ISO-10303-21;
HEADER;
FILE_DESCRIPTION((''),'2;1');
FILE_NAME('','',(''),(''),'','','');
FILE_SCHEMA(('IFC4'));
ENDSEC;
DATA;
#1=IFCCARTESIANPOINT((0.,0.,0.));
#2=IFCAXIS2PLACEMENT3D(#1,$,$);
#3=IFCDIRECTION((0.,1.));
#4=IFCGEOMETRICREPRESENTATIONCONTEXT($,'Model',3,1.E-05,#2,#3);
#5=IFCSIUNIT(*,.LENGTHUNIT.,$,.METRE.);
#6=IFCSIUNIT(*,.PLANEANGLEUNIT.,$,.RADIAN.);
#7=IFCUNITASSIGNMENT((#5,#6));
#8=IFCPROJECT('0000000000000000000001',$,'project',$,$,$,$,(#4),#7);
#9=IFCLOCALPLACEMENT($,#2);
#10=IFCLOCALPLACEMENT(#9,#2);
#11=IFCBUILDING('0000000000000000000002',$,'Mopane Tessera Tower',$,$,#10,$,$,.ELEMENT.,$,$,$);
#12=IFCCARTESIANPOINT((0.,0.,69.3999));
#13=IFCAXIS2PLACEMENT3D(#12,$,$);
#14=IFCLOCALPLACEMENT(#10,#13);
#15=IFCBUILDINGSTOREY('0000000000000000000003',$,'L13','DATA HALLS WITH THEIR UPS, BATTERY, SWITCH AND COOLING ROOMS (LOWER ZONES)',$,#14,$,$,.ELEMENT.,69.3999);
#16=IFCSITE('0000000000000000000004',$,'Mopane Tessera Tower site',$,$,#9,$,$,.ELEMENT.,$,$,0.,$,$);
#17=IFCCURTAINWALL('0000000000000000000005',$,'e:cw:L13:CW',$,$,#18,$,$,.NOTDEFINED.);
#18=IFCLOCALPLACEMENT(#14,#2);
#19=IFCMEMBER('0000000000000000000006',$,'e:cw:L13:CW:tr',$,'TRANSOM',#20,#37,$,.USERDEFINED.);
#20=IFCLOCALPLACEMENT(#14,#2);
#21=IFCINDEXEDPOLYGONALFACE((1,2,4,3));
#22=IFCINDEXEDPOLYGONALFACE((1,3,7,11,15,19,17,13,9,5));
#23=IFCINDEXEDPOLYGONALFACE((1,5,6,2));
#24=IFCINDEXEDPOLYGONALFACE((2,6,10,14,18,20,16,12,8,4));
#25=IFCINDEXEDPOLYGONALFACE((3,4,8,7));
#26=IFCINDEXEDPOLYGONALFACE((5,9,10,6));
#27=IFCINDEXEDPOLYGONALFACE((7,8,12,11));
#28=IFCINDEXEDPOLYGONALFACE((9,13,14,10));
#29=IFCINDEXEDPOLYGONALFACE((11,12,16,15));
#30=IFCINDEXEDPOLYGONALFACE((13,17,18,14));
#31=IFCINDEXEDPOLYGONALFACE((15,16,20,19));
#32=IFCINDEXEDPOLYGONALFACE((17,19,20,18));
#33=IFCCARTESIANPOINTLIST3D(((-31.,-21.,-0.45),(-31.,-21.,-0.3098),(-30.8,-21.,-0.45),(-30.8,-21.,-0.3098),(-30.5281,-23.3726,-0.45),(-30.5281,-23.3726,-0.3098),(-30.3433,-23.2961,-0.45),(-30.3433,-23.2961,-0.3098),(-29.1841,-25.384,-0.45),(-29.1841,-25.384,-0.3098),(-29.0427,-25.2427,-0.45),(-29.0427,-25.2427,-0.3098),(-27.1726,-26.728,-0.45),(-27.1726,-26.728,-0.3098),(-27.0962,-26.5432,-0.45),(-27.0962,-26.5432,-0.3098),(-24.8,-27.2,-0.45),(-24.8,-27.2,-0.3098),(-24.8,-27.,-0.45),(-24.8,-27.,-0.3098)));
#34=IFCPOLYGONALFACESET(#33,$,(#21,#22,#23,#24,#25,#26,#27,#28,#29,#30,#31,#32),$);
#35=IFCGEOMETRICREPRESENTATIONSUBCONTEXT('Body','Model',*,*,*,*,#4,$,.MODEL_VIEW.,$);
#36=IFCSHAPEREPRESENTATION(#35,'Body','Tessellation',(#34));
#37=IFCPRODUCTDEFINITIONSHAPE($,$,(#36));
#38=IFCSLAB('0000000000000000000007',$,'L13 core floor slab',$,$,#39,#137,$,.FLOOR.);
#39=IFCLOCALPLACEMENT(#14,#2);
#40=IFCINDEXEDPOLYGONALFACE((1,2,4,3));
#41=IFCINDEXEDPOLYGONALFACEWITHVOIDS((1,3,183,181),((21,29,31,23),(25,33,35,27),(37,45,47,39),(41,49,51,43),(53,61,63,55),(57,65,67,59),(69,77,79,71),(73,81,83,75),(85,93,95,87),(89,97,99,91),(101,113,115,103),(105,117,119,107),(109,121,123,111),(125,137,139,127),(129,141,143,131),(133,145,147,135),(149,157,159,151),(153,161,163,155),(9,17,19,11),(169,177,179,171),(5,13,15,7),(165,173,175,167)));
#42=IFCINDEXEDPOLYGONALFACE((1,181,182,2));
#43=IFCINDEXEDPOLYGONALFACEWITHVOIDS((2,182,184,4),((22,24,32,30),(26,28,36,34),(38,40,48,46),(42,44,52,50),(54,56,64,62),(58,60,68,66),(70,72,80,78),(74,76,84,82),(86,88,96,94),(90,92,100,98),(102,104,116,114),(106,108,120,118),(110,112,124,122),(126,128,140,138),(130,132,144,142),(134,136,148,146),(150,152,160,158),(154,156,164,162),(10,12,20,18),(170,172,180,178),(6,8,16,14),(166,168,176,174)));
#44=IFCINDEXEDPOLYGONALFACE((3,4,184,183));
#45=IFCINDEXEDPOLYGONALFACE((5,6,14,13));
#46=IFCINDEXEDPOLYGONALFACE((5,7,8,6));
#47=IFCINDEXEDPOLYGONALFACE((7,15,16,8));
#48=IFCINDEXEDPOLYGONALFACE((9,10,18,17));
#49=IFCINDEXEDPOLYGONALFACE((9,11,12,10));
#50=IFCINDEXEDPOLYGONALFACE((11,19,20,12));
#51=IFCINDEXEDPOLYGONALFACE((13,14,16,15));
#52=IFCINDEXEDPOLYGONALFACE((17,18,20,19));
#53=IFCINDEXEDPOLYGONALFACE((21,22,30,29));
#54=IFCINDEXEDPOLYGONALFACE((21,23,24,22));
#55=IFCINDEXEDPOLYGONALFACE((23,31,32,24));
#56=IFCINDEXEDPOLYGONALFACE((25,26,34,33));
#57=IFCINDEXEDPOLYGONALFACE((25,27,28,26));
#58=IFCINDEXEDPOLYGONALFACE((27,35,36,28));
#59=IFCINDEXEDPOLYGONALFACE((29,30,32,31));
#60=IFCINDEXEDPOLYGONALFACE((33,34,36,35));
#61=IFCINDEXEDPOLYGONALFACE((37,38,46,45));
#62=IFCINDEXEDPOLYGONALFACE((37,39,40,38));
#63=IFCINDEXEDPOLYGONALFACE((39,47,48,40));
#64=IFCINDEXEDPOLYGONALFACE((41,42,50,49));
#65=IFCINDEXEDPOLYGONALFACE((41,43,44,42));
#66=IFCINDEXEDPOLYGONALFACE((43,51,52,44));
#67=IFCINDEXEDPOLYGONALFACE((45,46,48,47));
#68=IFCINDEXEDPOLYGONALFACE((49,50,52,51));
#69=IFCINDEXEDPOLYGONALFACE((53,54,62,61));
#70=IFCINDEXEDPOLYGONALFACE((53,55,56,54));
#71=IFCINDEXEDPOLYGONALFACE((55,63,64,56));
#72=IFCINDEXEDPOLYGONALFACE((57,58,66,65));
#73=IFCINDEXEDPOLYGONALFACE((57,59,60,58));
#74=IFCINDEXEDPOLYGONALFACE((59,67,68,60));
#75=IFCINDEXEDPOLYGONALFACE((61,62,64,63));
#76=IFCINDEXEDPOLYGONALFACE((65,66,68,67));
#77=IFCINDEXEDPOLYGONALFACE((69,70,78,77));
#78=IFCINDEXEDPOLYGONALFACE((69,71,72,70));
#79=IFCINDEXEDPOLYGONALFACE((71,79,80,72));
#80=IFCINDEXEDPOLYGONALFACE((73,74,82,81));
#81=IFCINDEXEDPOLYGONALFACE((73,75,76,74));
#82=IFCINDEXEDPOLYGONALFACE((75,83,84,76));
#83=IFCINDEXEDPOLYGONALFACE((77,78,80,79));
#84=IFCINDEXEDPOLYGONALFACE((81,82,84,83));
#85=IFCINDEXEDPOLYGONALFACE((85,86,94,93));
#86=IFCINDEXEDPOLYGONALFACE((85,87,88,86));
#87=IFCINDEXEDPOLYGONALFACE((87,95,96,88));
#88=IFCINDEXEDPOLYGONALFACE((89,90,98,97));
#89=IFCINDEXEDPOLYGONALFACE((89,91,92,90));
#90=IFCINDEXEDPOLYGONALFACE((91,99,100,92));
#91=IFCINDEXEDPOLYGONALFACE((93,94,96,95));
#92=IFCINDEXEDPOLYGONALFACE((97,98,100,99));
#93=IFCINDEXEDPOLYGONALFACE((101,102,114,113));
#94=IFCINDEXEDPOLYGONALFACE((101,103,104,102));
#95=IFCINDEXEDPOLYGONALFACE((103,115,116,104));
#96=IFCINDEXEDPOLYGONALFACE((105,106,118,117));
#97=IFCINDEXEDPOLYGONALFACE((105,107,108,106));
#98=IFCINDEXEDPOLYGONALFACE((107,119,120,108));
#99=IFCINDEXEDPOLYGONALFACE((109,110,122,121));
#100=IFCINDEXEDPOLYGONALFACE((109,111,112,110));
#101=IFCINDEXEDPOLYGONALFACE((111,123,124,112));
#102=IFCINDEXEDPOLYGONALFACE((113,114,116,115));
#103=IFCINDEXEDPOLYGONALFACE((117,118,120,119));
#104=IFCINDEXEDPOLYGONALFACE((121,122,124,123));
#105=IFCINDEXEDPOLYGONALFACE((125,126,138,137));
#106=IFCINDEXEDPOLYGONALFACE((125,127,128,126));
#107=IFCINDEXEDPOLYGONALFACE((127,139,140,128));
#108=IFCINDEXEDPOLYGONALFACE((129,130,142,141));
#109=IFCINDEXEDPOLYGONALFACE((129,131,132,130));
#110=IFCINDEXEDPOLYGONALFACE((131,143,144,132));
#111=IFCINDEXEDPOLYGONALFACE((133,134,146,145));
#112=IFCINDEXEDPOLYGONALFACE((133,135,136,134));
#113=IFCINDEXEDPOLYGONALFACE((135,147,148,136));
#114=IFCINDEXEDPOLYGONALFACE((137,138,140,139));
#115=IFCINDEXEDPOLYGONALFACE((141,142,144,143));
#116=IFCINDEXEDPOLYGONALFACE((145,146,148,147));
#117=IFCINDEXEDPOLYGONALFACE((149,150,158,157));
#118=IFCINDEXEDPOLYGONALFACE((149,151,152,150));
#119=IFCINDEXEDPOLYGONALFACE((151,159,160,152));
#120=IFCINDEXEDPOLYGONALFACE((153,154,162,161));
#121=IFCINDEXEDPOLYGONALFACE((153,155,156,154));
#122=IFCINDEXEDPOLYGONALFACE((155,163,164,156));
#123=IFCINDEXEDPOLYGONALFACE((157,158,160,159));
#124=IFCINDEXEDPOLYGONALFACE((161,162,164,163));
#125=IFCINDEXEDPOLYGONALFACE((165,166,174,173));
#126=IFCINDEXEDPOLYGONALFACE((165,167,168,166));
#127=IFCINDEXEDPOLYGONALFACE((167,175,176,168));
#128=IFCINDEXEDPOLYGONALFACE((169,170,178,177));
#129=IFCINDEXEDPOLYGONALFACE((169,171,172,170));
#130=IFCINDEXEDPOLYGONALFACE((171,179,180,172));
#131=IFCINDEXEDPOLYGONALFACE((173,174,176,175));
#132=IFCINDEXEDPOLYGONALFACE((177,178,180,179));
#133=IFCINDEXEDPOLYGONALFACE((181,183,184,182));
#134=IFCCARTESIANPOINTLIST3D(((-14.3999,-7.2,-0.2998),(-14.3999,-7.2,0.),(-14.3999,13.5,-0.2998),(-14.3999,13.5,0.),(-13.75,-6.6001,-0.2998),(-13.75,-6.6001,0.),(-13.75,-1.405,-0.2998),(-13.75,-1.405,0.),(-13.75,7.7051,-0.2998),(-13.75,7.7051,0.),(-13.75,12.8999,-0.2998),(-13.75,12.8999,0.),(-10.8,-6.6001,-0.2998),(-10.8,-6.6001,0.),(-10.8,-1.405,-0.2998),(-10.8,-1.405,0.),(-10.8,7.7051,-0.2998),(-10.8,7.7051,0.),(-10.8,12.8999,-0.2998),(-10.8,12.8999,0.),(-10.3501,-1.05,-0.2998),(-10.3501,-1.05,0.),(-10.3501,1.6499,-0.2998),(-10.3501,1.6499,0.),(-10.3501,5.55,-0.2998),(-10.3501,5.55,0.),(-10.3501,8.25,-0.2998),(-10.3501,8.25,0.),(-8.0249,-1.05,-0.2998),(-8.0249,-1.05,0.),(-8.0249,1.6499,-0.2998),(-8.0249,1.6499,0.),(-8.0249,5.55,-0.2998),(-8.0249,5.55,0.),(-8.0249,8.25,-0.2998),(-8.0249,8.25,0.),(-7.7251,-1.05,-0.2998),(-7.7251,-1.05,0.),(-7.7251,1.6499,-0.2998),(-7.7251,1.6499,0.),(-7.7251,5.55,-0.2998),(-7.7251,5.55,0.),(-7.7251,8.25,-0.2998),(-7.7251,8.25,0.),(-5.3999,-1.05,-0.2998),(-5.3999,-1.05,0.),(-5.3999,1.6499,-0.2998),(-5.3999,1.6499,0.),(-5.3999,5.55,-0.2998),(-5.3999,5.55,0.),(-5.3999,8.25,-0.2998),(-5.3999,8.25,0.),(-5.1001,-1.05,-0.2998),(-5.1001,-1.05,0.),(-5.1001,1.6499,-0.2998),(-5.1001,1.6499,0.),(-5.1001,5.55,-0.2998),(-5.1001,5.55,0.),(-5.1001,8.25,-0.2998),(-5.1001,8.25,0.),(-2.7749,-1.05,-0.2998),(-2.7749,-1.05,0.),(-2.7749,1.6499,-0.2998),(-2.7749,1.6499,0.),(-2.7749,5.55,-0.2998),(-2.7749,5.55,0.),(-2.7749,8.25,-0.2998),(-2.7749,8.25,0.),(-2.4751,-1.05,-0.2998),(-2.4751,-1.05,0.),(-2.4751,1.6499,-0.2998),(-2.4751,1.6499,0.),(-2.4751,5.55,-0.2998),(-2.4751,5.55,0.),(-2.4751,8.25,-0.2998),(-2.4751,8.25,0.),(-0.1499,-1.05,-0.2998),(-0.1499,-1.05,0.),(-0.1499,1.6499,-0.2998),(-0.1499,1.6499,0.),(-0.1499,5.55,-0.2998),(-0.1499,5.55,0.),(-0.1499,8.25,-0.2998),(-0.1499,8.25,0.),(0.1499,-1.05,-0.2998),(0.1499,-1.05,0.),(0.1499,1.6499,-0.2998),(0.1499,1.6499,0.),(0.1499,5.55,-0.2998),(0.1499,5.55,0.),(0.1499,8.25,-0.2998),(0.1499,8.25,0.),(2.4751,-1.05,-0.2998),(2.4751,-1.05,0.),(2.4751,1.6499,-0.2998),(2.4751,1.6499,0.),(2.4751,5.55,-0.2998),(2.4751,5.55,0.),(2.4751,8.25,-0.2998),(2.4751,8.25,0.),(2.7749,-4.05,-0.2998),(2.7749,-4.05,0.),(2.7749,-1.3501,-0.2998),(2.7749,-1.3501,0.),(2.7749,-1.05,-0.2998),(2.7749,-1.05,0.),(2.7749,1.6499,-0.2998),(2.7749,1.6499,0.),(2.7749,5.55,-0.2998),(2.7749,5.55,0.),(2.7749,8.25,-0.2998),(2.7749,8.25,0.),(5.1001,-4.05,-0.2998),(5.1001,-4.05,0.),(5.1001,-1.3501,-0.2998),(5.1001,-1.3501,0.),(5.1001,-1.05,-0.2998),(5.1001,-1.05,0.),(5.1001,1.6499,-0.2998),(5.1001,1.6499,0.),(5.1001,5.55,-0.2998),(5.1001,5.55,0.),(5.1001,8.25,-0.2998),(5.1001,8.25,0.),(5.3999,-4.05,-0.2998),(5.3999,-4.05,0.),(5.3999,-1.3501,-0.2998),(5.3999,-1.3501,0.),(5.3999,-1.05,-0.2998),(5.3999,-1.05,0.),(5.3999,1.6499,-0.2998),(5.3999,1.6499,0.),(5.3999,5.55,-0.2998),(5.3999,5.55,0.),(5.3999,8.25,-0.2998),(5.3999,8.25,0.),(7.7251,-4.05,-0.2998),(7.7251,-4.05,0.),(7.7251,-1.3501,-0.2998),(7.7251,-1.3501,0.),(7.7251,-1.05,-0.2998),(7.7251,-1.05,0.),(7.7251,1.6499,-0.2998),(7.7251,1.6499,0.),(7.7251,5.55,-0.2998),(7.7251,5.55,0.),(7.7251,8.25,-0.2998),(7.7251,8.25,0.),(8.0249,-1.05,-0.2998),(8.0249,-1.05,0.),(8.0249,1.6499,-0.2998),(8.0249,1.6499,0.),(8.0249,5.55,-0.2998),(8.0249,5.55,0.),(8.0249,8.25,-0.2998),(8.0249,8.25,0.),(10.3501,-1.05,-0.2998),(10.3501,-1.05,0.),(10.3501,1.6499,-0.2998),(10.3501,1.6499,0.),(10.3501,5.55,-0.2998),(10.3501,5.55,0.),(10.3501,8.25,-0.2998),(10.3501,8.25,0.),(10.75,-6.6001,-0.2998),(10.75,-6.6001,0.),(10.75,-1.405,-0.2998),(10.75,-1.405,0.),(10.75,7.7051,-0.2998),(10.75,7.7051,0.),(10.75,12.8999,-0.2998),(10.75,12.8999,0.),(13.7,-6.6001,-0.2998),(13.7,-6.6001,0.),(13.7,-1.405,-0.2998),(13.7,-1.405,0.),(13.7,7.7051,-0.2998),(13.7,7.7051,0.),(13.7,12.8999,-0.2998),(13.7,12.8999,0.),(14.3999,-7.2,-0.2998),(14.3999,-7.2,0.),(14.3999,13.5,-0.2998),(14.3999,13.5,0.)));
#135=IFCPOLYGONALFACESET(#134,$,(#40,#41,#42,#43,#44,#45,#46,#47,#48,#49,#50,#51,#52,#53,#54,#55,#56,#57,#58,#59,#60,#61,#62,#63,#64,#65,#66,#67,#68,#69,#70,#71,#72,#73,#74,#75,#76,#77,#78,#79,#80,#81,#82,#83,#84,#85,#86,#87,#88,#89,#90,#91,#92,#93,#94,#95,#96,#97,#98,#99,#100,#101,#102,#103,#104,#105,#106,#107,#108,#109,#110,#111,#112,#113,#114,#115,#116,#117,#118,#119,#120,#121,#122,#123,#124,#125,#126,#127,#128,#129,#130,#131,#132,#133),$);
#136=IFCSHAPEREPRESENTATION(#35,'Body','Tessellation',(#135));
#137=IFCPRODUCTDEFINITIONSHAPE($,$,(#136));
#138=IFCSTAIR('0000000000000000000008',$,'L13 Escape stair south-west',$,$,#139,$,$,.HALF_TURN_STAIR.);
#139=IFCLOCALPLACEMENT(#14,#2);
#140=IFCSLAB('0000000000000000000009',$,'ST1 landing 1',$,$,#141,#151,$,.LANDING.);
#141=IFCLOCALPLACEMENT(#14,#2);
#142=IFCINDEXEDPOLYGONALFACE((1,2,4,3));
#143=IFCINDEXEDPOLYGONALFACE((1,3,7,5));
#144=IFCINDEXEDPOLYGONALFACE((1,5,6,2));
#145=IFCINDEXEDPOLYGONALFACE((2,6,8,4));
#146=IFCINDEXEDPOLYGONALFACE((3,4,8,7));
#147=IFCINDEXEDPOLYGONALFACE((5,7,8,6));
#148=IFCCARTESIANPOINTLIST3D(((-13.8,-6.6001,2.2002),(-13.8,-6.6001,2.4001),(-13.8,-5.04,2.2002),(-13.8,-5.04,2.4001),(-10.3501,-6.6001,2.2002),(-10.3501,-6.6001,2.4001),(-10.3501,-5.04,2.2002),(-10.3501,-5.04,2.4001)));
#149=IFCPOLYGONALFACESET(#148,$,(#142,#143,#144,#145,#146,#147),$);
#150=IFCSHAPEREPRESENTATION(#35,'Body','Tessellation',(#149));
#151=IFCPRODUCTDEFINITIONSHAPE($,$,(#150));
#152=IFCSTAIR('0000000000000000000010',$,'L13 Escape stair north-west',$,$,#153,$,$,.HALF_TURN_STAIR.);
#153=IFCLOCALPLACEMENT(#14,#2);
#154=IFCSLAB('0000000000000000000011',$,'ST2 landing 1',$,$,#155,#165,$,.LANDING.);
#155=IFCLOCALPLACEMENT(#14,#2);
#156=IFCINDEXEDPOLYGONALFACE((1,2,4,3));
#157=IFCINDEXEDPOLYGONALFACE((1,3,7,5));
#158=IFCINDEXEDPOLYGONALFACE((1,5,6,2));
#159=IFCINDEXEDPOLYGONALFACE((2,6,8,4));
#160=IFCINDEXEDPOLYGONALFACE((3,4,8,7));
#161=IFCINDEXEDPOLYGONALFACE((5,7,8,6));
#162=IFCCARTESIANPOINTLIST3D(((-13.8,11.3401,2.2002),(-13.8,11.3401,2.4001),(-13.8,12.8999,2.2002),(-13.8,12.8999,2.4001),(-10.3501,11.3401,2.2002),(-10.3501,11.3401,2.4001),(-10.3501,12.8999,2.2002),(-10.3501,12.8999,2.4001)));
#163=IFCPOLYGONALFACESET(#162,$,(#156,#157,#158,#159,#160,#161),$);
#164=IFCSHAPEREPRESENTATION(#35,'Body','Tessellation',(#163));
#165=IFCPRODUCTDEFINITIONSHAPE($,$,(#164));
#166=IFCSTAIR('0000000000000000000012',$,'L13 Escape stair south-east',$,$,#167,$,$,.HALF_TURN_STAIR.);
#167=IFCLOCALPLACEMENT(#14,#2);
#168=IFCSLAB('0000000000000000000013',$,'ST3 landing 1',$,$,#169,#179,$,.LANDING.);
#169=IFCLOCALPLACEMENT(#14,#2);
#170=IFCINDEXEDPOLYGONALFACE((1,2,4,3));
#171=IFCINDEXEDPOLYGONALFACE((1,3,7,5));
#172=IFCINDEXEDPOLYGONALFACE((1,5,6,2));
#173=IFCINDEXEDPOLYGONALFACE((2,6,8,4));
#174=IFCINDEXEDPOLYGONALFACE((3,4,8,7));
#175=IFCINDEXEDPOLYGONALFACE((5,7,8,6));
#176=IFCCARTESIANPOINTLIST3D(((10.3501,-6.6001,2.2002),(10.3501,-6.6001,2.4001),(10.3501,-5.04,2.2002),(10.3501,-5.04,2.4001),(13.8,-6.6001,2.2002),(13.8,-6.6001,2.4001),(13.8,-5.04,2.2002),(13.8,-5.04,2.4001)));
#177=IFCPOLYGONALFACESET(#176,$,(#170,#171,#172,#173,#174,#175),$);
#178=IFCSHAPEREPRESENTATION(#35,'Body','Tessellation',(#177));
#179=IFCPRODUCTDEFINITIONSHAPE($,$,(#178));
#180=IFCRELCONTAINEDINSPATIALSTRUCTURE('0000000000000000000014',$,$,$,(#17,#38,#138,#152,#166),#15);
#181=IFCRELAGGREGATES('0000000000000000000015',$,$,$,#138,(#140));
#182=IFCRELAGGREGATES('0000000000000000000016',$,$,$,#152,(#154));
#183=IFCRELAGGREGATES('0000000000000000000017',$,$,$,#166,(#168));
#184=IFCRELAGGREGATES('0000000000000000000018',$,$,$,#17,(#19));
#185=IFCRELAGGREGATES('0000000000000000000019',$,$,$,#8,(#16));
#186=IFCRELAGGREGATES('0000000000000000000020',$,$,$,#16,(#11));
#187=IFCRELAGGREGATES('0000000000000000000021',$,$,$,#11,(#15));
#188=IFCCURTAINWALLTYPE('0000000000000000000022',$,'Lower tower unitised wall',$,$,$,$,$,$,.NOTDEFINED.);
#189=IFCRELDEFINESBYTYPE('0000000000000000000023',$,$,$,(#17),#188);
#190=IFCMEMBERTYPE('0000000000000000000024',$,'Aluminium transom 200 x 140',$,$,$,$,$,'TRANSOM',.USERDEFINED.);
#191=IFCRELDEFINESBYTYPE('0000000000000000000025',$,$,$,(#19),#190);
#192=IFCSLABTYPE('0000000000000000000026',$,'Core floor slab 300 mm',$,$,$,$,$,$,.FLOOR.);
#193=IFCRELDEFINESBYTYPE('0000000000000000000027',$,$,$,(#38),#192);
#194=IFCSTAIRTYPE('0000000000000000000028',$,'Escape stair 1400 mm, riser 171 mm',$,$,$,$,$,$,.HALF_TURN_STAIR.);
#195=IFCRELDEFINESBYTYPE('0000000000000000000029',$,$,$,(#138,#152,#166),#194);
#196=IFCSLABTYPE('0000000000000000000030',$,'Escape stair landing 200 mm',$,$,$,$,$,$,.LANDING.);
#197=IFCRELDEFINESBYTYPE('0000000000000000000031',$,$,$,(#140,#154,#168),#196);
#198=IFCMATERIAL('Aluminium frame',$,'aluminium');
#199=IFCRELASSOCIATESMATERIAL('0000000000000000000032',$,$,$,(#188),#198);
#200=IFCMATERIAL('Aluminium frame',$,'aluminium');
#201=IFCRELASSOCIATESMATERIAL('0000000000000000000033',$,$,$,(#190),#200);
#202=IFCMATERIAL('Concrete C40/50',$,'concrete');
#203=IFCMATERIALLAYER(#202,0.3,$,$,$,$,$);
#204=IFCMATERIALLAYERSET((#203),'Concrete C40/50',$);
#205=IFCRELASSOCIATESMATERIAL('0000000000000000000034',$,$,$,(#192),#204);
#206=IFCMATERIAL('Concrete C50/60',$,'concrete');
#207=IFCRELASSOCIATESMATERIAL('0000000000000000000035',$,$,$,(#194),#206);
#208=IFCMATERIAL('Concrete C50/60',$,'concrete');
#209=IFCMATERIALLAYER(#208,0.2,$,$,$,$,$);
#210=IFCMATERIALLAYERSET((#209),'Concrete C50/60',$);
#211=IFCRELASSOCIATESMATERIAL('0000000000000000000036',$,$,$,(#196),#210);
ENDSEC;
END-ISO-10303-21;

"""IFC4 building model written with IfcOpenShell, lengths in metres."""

from ifc_helpers import new_model, si_unit, direction, frame, origin, origin_2d, place, context, subcontext, project, spatial, polyline, rectangle, outline, extrude, material, layer, layer_set, material_profile, profile_set, type_object, element, aggregate, save


model = new_model("IFC4")

# Units and contexts
model_context = context("Model", 3, precision=1e-05, world=origin(), true_north=direction((0.0, 1.0)))
body_context = subcontext(model_context, "Body", "Model", "MODEL_VIEW")
ifc_project = project(units=[si_unit("LENGTHUNIT", "METRE"), si_unit("PLANEANGLEUNIT", "RADIAN")], contexts=[model_context])

# Site, building, storey
site_placement = place(None, origin())
site = spatial("IfcSite", under=ifc_project, at=site_placement, Name="Mopane Tessera Tower site", CompositionType="ELEMENT", RefElevation=0.0)
building_placement = place(site_placement, origin())
building = spatial("IfcBuilding", under=site, at=building_placement, Name="Mopane Tessera Tower", CompositionType="ELEMENT")
storey_placement = place(building_placement, frame((0.0, 0.0, 69.3999)))
storey = spatial("IfcBuildingStorey", under=building, at=storey_placement, Name="L13", Description="DATA HALLS WITH THEIR UPS, BATTERY, SWITCH AND COOLING ROOMS (LOWER ZONES)", CompositionType="ELEMENT", Elevation=69.3999)

# Curtain wall, member
ifc_material_1 = material(Name="Aluminium frame", Category="aluminium")
curtain_wall_type = type_object("IfcCurtainWallType", Name="Lower tower unitised wall", PredefinedType="NOTDEFINED", material=ifc_material_1)
curtain_wall_1_placement = place(storey_placement, origin())
curtain_wall_1 = element("IfcCurtainWall", 1, at=curtain_wall_1_placement, inside=storey, type_object=curtain_wall_type, Name="e:cw:L13:CW", PredefinedType="NOTDEFINED")
ifc_material_2 = material(Name="Aluminium frame", Category="aluminium")
ifc_material_profile = material_profile(ifc_material_2, rectangle(XDim=0.2, YDim=0.1399, at=origin_2d()))
ifc_profile_set = profile_set([ifc_material_profile], Name="Aluminium frame")
member_type = type_object("IfcMemberType", Name="Aluminium transom 200 x 140", ElementType="TRANSOM", PredefinedType="USERDEFINED", material=ifc_profile_set)
member_placement = place(storey_placement, frame((0.0, 0.0, -0.45)))
member = element("IfcMember", 2, at=member_placement, type_object=member_type, Name="e:cw:L13:CW:tr", ObjectType="TRANSOM", PredefinedType="USERDEFINED", context=body_context, shape_type="SweptSolid", body=[
    extrude(outline(polyline([(-30.8, -21.0), (-30.3433, -23.2961), (-29.0427, -25.2427), (-27.0962, -26.5432), (-24.8, -27.0), (-24.8, -27.2), (-27.1726, -26.728), (-29.1841, -25.384), (-30.5281, -23.3726), (-31.0, -21.0), (-30.8, -21.0)])), origin(), (0.0, 0.0, 1.0), 0.1401),
])

# Slab
ifc_material_3 = material(Name="Concrete C40/50", Category="concrete")
ifc_layer_1 = layer(ifc_material_3, 0.3)
ifc_layer_set_1 = layer_set([ifc_layer_1], Name="Concrete C40/50")
slab_type_1 = type_object("IfcSlabType", Name="Core floor slab 300 mm", PredefinedType="FLOOR", material=ifc_layer_set_1)
slab_1_placement = place(storey_placement, frame((0.0, 0.0, -0.2998)))
element("IfcSlab", 3, at=slab_1_placement, inside=storey, type_object=slab_type_1, Name="L13 core floor slab", PredefinedType="FLOOR", context=body_context, shape_type="SweptSolid", body=[
    extrude(outline(polyline([(-14.3999, -7.2), (14.3999, -7.2), (14.3999, 13.5), (-14.3999, 13.5), (-14.3999, -7.2)]), holes=[polyline([(-10.3501, -1.05), (-8.0249, -1.05), (-8.0249, 1.6499), (-10.3501, 1.6499), (-10.3501, -1.05)]), polyline([(-7.7251, -1.05), (-5.3999, -1.05), (-5.3999, 1.6499), (-7.7251, 1.6499), (-7.7251, -1.05)]), polyline([(-5.1001, -1.05), (-2.7749, -1.05), (-2.7749, 1.6499), (-5.1001, 1.6499), (-5.1001, -1.05)]), polyline([(-2.4751, -1.05), (-0.1499, -1.05), (-0.1499, 1.6499), (-2.4751, 1.6499), (-2.4751, -1.05)]), polyline([(0.1499, -1.05), (2.4751, -1.05), (2.4751, 1.6499), (0.1499, 1.6499), (0.1499, -1.05)]), polyline([(2.7749, -1.05), (5.1001, -1.05), (5.1001, 1.6499), (2.7749, 1.6499), (2.7749, -1.05)]), polyline([(5.3999, -1.05), (7.7251, -1.05), (7.7251, 1.6499), (5.3999, 1.6499), (5.3999, -1.05)]), polyline([(8.0249, -1.05), (10.3501, -1.05), (10.3501, 1.6499), (8.0249, 1.6499), (8.0249, -1.05)]), polyline([(-10.3501, 5.55), (-8.0249, 5.55), (-8.0249, 8.25), (-10.3501, 8.25), (-10.3501, 5.55)]), polyline([(-7.7251, 5.55), (-5.3999, 5.55), (-5.3999, 8.25), (-7.7251, 8.25), (-7.7251, 5.55)]), polyline([(-5.1001, 5.55), (-2.7749, 5.55), (-2.7749, 8.25), (-5.1001, 8.25), (-5.1001, 5.55)]), polyline([(-2.4751, 5.55), (-0.1499, 5.55), (-0.1499, 8.25), (-2.4751, 8.25), (-2.4751, 5.55)]), polyline([(0.1499, 5.55), (2.4751, 5.55), (2.4751, 8.25), (0.1499, 8.25), (0.1499, 5.55)]), polyline([(2.7749, 5.55), (5.1001, 5.55), (5.1001, 8.25), (2.7749, 8.25), (2.7749, 5.55)]), polyline([(5.3999, 5.55), (7.7251, 5.55), (7.7251, 8.25), (5.3999, 8.25), (5.3999, 5.55)]), polyline([(8.0249, 5.55), (10.3501, 5.55), (10.3501, 8.25), (8.0249, 8.25), (8.0249, 5.55)]), polyline([(2.7749, -4.05), (5.1001, -4.05), (5.1001, -1.3501), (2.7749, -1.3501), (2.7749, -4.05)]), polyline([(5.3999, -4.05), (7.7251, -4.05), (7.7251, -1.3501), (5.3999, -1.3501), (5.3999, -4.05)]), polyline([(-13.75, -1.405), (-13.75, -6.6001), (-10.8, -6.6001), (-10.8, -1.405), (-13.75, -1.405)]), polyline([(-10.8, 7.7051), (-10.8, 12.8999), (-13.75, 12.8999), (-13.75, 7.7051), (-10.8, 7.7051)]), polyline([(10.75, -1.405), (10.75, -6.6001), (13.7, -6.6001), (13.7, -1.405), (10.75, -1.405)]), polyline([(13.7, 7.7051), (13.7, 12.8999), (10.75, 12.8999), (10.75, 7.7051), (13.7, 7.7051)])]), origin(), (0.0, 0.0, 1.0), 0.2998),
])

# Stairs, slabs
ifc_material_4 = material(Name="Concrete C50/60", Category="concrete")
stair_type = type_object("IfcStairType", Name="Escape stair 1400 mm, riser 171 mm", PredefinedType="HALF_TURN_STAIR", material=ifc_material_4)
stair_1_placement = place(storey_placement, origin())
stair_1 = element("IfcStair", 4, at=stair_1_placement, inside=storey, type_object=stair_type, Name="L13 Escape stair south-west", PredefinedType="HALF_TURN_STAIR")
ifc_material_5 = material(Name="Concrete C50/60", Category="concrete")
ifc_layer_2 = layer(ifc_material_5, 0.2)
ifc_layer_set_2 = layer_set([ifc_layer_2], Name="Concrete C50/60")
slab_type_2 = type_object("IfcSlabType", Name="Escape stair landing 200 mm", PredefinedType="LANDING", material=ifc_layer_set_2)
slab_2_placement = place(storey_placement, frame((0.0, 0.0, 2.2002)))
slab_2 = element("IfcSlab", 5, at=slab_2_placement, type_object=slab_type_2, Name="ST1 landing 1", PredefinedType="LANDING", context=body_context, shape_type="SweptSolid", body=[
    extrude(outline(polyline([(-13.8, -5.04), (-13.8, -6.6001), (-10.3501, -6.6001), (-10.3501, -5.04), (-13.8, -5.04)])), origin(), (0.0, 0.0, 1.0), 0.2),
])
aggregate(stair_1, [slab_2])
stair_2_placement = place(storey_placement, origin())
stair_2 = element("IfcStair", 6, at=stair_2_placement, inside=storey, type_object=stair_type, Name="L13 Escape stair north-west", PredefinedType="HALF_TURN_STAIR")
slab_3_placement = place(storey_placement, frame((0.0, 0.0, 2.2002)))
slab_3 = element("IfcSlab", 7, at=slab_3_placement, type_object=slab_type_2, Name="ST2 landing 1", PredefinedType="LANDING", context=body_context, shape_type="SweptSolid", body=[
    extrude(outline(polyline([(-10.3501, 11.3401), (-10.3501, 12.8999), (-13.8, 12.8999), (-13.8, 11.3401), (-10.3501, 11.3401)])), origin(), (0.0, 0.0, 1.0), 0.2),
])
aggregate(stair_2, [slab_3])
stair_3_placement = place(storey_placement, origin())
stair_3 = element("IfcStair", 8, at=stair_3_placement, inside=storey, type_object=stair_type, Name="L13 Escape stair south-east", PredefinedType="HALF_TURN_STAIR")
slab_4_placement = place(storey_placement, frame((0.0, 0.0, 2.2002)))
slab_4 = element("IfcSlab", 9, at=slab_4_placement, type_object=slab_type_2, Name="ST3 landing 1", PredefinedType="LANDING", context=body_context, shape_type="SweptSolid", body=[
    extrude(outline(polyline([(10.3501, -5.04), (10.3501, -6.6001), (13.8, -6.6001), (13.8, -5.04), (10.3501, -5.04)])), origin(), (0.0, 0.0, 1.0), 0.2),
])
aggregate(stair_3, [slab_4])

aggregate(curtain_wall_1, [member])

save(model, "model.ifc")
